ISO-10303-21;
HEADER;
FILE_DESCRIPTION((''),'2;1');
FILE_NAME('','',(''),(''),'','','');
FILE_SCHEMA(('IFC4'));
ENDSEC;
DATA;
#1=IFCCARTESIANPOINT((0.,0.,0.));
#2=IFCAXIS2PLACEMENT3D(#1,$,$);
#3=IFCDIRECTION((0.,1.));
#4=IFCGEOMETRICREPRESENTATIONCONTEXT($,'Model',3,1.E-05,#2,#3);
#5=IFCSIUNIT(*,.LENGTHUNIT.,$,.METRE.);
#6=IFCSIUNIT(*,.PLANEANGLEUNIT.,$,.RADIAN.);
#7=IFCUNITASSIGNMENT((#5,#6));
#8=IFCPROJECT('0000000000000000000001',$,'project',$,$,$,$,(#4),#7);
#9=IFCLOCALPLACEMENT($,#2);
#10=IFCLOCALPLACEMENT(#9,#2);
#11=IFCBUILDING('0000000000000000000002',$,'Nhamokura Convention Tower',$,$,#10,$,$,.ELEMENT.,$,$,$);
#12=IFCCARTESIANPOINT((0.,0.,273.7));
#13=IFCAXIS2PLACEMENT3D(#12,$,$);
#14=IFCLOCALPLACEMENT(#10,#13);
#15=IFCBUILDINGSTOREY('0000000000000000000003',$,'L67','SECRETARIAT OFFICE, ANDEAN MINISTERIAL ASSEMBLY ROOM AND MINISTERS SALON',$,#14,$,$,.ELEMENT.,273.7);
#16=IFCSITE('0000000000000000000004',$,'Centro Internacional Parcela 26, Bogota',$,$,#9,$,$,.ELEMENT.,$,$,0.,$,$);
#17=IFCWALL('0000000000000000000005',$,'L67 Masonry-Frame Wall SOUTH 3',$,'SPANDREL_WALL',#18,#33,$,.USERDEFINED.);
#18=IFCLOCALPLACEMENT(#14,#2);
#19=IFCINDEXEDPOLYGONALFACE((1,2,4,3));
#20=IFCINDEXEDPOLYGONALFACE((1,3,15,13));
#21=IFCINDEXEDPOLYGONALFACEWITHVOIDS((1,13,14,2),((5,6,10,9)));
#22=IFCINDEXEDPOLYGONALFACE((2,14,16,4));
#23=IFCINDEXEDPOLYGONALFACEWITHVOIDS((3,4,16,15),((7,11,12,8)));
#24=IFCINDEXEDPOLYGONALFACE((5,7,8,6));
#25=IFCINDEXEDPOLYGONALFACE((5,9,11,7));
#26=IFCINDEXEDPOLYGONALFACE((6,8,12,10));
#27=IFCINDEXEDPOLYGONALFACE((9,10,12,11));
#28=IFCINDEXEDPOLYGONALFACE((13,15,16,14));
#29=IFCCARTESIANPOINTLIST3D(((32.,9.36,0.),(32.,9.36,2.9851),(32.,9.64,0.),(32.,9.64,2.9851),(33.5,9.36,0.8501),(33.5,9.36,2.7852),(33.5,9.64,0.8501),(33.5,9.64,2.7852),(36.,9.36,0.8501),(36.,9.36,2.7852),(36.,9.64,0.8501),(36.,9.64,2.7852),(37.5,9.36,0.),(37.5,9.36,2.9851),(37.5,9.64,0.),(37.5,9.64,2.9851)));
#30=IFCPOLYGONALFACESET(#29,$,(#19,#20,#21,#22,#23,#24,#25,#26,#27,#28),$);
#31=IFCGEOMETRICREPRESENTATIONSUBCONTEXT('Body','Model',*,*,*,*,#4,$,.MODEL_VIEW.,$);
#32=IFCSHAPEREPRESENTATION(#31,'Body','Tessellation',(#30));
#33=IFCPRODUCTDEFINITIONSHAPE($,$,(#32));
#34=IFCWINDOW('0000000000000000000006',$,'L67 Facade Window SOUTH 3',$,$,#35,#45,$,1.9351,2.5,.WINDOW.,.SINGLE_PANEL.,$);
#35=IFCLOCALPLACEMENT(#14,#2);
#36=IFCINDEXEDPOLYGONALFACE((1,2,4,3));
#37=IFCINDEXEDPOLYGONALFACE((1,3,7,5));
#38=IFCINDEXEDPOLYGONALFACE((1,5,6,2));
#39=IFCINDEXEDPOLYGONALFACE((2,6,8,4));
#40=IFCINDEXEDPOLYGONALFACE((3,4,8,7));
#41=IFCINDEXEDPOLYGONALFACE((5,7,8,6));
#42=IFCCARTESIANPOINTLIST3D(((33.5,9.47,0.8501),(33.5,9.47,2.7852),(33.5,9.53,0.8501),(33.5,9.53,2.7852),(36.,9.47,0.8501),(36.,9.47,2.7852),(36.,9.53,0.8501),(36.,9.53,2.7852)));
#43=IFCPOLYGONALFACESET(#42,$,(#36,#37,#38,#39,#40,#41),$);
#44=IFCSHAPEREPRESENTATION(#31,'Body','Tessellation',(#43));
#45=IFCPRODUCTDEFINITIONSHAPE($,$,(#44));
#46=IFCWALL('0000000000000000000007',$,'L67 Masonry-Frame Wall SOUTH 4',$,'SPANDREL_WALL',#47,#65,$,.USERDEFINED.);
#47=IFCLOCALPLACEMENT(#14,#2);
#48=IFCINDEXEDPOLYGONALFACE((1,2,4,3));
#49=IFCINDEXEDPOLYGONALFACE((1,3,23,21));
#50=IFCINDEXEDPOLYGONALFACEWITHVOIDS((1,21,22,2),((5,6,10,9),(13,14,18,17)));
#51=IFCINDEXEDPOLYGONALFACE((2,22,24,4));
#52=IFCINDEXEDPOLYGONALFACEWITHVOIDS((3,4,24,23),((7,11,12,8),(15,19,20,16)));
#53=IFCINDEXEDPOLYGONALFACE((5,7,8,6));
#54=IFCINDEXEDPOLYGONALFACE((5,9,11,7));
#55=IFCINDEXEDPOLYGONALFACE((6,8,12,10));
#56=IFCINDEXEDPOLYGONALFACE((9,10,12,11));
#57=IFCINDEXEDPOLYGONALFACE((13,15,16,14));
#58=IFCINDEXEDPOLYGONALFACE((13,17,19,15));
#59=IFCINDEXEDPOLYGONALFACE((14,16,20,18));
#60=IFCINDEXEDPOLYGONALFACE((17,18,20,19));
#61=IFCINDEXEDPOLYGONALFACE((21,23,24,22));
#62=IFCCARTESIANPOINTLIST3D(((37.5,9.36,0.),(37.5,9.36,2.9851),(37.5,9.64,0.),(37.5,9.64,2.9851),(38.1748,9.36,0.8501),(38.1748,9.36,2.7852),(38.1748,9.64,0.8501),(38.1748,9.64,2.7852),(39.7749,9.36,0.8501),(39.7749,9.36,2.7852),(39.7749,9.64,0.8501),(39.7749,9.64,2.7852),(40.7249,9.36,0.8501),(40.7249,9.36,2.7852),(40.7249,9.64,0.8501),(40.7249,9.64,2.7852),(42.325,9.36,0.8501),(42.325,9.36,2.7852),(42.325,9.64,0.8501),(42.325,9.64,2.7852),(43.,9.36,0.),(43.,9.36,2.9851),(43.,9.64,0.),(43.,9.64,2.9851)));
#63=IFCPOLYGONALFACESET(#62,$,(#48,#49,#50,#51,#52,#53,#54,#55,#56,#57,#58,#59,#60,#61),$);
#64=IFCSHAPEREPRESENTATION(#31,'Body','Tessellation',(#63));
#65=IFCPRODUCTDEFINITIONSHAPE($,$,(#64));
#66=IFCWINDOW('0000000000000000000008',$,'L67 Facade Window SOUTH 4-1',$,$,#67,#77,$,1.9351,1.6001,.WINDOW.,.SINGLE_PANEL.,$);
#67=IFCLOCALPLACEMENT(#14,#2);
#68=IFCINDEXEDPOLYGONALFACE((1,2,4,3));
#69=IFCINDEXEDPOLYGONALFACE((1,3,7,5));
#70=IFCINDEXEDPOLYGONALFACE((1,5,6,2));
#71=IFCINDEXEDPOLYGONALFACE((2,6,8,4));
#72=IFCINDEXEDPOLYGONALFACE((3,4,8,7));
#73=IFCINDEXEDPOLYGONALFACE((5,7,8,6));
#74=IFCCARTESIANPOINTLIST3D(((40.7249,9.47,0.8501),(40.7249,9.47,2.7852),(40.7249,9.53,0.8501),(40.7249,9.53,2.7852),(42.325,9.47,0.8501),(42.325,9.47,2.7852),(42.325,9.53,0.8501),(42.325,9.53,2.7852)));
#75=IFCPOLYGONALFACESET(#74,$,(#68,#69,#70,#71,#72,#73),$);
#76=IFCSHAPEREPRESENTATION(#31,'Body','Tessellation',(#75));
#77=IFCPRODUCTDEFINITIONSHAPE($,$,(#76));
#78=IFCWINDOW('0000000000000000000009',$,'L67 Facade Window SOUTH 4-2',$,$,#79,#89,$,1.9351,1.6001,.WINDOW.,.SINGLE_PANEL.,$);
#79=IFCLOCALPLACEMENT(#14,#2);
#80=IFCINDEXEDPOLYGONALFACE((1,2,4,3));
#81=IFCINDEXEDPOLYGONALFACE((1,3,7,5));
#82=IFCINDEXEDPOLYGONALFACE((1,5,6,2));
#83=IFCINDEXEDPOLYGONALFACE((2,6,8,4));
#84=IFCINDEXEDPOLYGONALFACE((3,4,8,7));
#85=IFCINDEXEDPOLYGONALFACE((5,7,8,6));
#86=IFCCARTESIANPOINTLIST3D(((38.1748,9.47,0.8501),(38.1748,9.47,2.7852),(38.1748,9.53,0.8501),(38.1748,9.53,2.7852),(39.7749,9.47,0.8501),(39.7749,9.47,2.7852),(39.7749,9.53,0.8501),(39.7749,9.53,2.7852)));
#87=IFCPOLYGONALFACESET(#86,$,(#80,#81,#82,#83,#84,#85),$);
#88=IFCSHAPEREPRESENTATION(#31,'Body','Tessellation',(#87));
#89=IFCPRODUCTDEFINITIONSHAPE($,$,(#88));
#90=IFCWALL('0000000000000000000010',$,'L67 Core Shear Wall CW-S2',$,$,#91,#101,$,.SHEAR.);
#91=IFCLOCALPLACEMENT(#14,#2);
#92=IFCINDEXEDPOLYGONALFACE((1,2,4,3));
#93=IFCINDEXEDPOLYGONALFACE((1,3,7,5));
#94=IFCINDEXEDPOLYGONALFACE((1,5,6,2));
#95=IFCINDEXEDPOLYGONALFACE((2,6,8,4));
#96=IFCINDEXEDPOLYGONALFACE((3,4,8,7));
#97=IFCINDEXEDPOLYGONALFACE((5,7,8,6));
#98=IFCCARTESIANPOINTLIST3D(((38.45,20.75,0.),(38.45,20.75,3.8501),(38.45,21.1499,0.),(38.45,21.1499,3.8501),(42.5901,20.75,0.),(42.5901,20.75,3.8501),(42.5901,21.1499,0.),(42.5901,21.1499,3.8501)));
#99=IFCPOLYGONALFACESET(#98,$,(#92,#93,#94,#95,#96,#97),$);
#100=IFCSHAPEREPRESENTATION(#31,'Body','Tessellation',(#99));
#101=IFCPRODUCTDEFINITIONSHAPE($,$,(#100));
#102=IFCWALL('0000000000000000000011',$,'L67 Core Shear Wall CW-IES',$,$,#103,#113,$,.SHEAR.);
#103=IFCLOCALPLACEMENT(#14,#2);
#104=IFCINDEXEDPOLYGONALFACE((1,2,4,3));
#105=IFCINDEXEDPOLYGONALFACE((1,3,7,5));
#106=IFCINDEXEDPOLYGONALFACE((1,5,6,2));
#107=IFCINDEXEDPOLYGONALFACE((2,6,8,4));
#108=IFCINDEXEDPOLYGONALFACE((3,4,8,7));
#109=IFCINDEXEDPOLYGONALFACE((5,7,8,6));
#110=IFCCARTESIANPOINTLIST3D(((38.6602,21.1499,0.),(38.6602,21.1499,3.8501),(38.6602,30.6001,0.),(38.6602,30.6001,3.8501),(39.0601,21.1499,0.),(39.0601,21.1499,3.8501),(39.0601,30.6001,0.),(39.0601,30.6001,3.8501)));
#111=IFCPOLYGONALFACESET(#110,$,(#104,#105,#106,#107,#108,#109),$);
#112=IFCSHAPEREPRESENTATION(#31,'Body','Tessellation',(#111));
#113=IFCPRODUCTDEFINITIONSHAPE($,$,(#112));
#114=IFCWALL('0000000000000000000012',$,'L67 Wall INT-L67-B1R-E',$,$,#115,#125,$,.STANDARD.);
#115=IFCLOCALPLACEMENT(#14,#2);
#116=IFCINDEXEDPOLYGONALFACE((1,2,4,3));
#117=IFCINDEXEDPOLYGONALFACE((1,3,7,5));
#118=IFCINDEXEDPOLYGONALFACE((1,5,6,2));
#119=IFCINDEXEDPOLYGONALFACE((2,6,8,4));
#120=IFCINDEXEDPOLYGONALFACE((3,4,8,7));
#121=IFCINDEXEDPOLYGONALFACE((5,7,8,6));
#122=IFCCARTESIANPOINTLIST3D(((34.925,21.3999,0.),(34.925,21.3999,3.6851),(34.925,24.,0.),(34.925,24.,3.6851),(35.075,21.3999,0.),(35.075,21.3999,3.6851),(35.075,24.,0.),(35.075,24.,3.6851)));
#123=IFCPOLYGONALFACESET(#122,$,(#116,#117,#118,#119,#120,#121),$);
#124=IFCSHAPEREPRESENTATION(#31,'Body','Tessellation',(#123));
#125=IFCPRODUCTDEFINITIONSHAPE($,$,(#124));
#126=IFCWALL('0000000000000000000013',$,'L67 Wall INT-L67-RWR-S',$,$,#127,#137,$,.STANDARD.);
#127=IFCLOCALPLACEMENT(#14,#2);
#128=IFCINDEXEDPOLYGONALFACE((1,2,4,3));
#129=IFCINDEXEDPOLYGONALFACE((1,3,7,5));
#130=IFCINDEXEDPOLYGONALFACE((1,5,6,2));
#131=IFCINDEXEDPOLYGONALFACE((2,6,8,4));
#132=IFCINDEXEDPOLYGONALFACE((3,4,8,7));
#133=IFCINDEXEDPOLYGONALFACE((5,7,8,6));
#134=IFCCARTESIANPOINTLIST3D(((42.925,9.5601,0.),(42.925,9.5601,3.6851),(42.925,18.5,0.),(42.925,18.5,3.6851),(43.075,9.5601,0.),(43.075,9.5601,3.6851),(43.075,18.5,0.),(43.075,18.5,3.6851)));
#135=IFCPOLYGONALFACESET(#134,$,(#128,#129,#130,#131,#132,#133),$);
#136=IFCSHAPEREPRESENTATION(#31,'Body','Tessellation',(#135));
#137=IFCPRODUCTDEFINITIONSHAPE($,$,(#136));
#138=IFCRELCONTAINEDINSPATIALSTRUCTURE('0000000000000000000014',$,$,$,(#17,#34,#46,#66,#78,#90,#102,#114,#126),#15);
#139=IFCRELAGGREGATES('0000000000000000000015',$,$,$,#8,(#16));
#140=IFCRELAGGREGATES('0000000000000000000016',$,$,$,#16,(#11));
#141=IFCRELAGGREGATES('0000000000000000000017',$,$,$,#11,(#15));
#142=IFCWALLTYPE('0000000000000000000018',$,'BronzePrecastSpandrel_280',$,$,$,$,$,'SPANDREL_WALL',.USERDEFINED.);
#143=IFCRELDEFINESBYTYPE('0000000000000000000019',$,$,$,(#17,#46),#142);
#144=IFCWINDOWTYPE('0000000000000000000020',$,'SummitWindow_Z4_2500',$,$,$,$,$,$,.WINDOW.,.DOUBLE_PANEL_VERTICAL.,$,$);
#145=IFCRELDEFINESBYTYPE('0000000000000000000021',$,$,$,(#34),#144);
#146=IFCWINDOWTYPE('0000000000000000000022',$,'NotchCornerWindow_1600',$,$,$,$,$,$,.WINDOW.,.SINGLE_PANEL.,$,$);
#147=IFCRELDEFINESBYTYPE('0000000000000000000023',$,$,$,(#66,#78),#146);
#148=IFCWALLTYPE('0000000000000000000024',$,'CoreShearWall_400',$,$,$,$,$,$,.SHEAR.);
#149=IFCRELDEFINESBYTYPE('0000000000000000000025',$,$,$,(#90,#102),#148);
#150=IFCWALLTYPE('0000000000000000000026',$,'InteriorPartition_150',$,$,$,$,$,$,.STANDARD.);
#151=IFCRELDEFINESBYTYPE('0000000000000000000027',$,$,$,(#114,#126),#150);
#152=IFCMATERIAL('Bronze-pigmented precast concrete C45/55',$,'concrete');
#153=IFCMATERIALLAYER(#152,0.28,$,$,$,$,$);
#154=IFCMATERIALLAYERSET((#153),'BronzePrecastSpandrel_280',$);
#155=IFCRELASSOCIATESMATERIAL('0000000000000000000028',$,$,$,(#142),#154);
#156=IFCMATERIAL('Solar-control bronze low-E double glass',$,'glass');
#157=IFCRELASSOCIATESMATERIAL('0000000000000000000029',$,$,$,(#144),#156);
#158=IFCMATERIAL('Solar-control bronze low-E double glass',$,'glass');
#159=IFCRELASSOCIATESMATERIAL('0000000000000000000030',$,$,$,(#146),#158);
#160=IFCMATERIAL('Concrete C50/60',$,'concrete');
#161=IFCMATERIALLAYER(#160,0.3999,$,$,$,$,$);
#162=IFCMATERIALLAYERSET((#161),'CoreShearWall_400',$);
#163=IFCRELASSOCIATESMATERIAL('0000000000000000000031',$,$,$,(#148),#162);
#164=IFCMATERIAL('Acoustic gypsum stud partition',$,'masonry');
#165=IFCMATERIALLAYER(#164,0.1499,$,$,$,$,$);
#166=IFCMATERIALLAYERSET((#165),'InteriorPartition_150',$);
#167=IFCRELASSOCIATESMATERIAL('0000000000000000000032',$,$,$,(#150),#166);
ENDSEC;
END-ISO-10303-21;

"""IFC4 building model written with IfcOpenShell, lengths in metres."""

from ifc_helpers import new_model, si_unit, direction, frame, frame_2d, origin, place, context, subcontext, project, spatial, rectangle, extrude, material, layer, layer_set, type_object, element, fill, save


model = new_model("IFC4")

# Units and contexts
model_context = context("Model", 3, precision=1e-05, world=origin(), true_north=direction((0.0, 1.0)))
body_context = subcontext(model_context, "Body", "Model", "MODEL_VIEW")
ifc_project = project(units=[si_unit("LENGTHUNIT", "METRE"), si_unit("PLANEANGLEUNIT", "RADIAN")], contexts=[model_context])

# Site, building, storey
site_placement = place(None, origin())
site = spatial("IfcSite", under=ifc_project, at=site_placement, Name="Centro Internacional Parcela 26, Bogota", CompositionType="ELEMENT", RefElevation=0.0)
building_placement = place(site_placement, origin())
building = spatial("IfcBuilding", under=site, at=building_placement, Name="Nhamokura Convention Tower", CompositionType="ELEMENT")
storey_placement = place(building_placement, frame((0.0, 0.0, 273.7)))
storey = spatial("IfcBuildingStorey", under=building, at=storey_placement, Name="L67", Description="SECRETARIAT OFFICE, ANDEAN MINISTERIAL ASSEMBLY ROOM AND MINISTERS SALON", CompositionType="ELEMENT", Elevation=273.7)

# Wall, opening, window
ifc_material_1 = material(Name="Bronze-pigmented precast concrete C45/55", Category="concrete")
ifc_layer_1 = layer(ifc_material_1, 0.28)
ifc_layer_set_1 = layer_set([ifc_layer_1], Name="BronzePrecastSpandrel_280")
wall_type_1 = type_object("IfcWallType", Name="BronzePrecastSpandrel_280", ElementType="SPANDREL_WALL", PredefinedType="USERDEFINED", material=ifc_layer_set_1)
wall_1_placement = place(storey_placement, frame((37.5, 9.5, 0.0), z_axis=(0.0, 0.0, 1.0), x_axis=(-1.0, 0.0, 0.0)))
wall_1 = element("IfcWall", 1, at=wall_1_placement, inside=storey, type_object=wall_type_1, Name="L67 Masonry-Frame Wall SOUTH 3", ObjectType="SPANDREL_WALL", PredefinedType="USERDEFINED", context=body_context, shape_type="SweptSolid", body=[
    extrude(rectangle(XDim=5.5, YDim=0.28, at=frame_2d((2.75, 0.0))), origin(), (0.0, 0.0, 1.0), 2.9851),
])
opening_1_placement = place(wall_1_placement, frame((1.5, 0.0, 0.8501)))
opening_1 = element("IfcOpeningElement", 2, at=opening_1_placement, cuts=wall_1, PredefinedType="OPENING", context=body_context, shape_type="SweptSolid", body=[
    extrude(rectangle(XDim=2.5, YDim=1.9351, at=frame_2d((1.25, 0.9675))), frame((0.0, 0.1499, 0.0), z_axis=(0.0, -1.0, 0.0), x_axis=(1.0, 0.0, 0.0)), (0.0, 0.0, 1.0), 0.3),
])
ifc_material_2 = material(Name="Solar-control bronze low-E double glass", Category="glass")
window_type_1 = type_object("IfcWindowType", Name="SummitWindow_Z4_2500", PartitioningType="DOUBLE_PANEL_VERTICAL", PredefinedType="WINDOW", material=ifc_material_2)
window_1_placement = place(opening_1_placement, origin())
window_1 = element("IfcWindow", 3, at=window_1_placement, inside=storey, type_object=window_type_1, Name="L67 Facade Window SOUTH 3", OverallHeight=1.9351, OverallWidth=2.5, PartitioningType="SINGLE_PANEL", PredefinedType="WINDOW", context=body_context, shape_type="SweptSolid", body=[
    extrude(rectangle(XDim=2.5, YDim=1.9351, at=frame_2d((1.25, 0.9675))), frame((0.0, 0.03, 0.0), z_axis=(0.0, -1.0, 0.0), x_axis=(1.0, 0.0, 0.0)), (0.0, 0.0, 1.0), 0.0601),
])
fill(opening_1, window_1)

# Wall, openings, windows
wall_2_placement = place(storey_placement, frame((43.0, 9.5, 0.0), z_axis=(0.0, 0.0, 1.0), x_axis=(-1.0, 0.0, 0.0)))
wall_2 = element("IfcWall", 4, at=wall_2_placement, inside=storey, type_object=wall_type_1, Name="L67 Masonry-Frame Wall SOUTH 4", ObjectType="SPANDREL_WALL", PredefinedType="USERDEFINED", context=body_context, shape_type="SweptSolid", body=[
    extrude(rectangle(XDim=5.5, YDim=0.28, at=frame_2d((2.75, 0.0))), origin(), (0.0, 0.0, 1.0), 2.9851),
])
opening_2_placement = place(wall_2_placement, frame((0.675, 0.0, 0.8501)))
opening_2 = element("IfcOpeningElement", 5, at=opening_2_placement, cuts=wall_2, PredefinedType="OPENING", context=body_context, shape_type="SweptSolid", body=[
    extrude(rectangle(XDim=1.6001, YDim=1.9351, at=frame_2d((0.8, 0.9675))), frame((0.0, 0.1499, 0.0), z_axis=(0.0, -1.0, 0.0), x_axis=(1.0, 0.0, 0.0)), (0.0, 0.0, 1.0), 0.3),
])
opening_3_placement = place(wall_2_placement, frame((3.2251, 0.0, 0.8501)))
opening_3 = element("IfcOpeningElement", 6, at=opening_3_placement, cuts=wall_2, PredefinedType="OPENING", context=body_context, shape_type="SweptSolid", body=[
    extrude(rectangle(XDim=1.6001, YDim=1.9351, at=frame_2d((0.8, 0.9675))), frame((0.0, 0.1499, 0.0), z_axis=(0.0, -1.0, 0.0), x_axis=(1.0, 0.0, 0.0)), (0.0, 0.0, 1.0), 0.3),
])
ifc_material_3 = material(Name="Solar-control bronze low-E double glass", Category="glass")
window_type_2 = type_object("IfcWindowType", Name="NotchCornerWindow_1600", PartitioningType="SINGLE_PANEL", PredefinedType="WINDOW", material=ifc_material_3)
window_2_placement = place(opening_2_placement, origin())
window_2 = element("IfcWindow", 7, at=window_2_placement, inside=storey, type_object=window_type_2, Name="L67 Facade Window SOUTH 4-1", OverallHeight=1.9351, OverallWidth=1.6001, PartitioningType="SINGLE_PANEL", PredefinedType="WINDOW", context=body_context, shape_type="SweptSolid", body=[
    extrude(rectangle(XDim=1.6001, YDim=1.9351, at=frame_2d((0.8, 0.9675))), frame((0.0, 0.03, 0.0), z_axis=(0.0, -1.0, 0.0), x_axis=(1.0, 0.0, 0.0)), (0.0, 0.0, 1.0), 0.0601),
])
fill(opening_2, window_2)
window_3_placement = place(opening_3_placement, origin())
window_3 = element("IfcWindow", 8, at=window_3_placement, inside=storey, type_object=window_type_2, Name="L67 Facade Window SOUTH 4-2", OverallHeight=1.9351, OverallWidth=1.6001, PartitioningType="SINGLE_PANEL", PredefinedType="WINDOW", context=body_context, shape_type="SweptSolid", body=[
    extrude(rectangle(XDim=1.6001, YDim=1.9351, at=frame_2d((0.8, 0.9675))), frame((0.0, 0.03, 0.0), z_axis=(0.0, -1.0, 0.0), x_axis=(1.0, 0.0, 0.0)), (0.0, 0.0, 1.0), 0.0601),
])
fill(opening_3, window_3)

# Shared definitions
ifc_material_4 = material(Name="Concrete C50/60", Category="concrete")
ifc_layer_2 = layer(ifc_material_4, 0.3999)
ifc_layer_set_2 = layer_set([ifc_layer_2], Name="CoreShearWall_400")
wall_type_2 = type_object("IfcWallType", Name="CoreShearWall_400", PredefinedType="SHEAR", material=ifc_layer_set_2)

# Walls
wall_3_placement = place(storey_placement, frame((38.45, 20.95, 0.0), z_axis=(0.0, 0.0, 1.0), x_axis=(1.0, 0.0, 0.0)))
element("IfcWall", 9, at=wall_3_placement, inside=storey, type_object=wall_type_2, Name="L67 Core Shear Wall CW-S2", PredefinedType="SHEAR", context=body_context, shape_type="SweptSolid", body=[
    extrude(rectangle(XDim=4.1401, YDim=0.3999, at=frame_2d((2.0701, 0.0))), origin(), (0.0, 0.0, 1.0), 3.8501),
])
wall_4_placement = place(storey_placement, frame((38.8601, 21.1499, 0.0), z_axis=(0.0, 0.0, 1.0), x_axis=(0.0, 1.0, 0.0)))
element("IfcWall", 10, at=wall_4_placement, inside=storey, type_object=wall_type_2, Name="L67 Core Shear Wall CW-IES", PredefinedType="SHEAR", context=body_context, shape_type="SweptSolid", body=[
    extrude(rectangle(XDim=9.4502, YDim=0.3999, at=frame_2d((4.7251, 0.0))), origin(), (0.0, 0.0, 1.0), 3.8501),
])

# Walls
ifc_material_5 = material(Name="Acoustic gypsum stud partition", Category="masonry")
ifc_layer_3 = layer(ifc_material_5, 0.1499)
ifc_layer_set_3 = layer_set([ifc_layer_3], Name="InteriorPartition_150")
wall_type_3 = type_object("IfcWallType", Name="InteriorPartition_150", PredefinedType="STANDARD", material=ifc_layer_set_3)
wall_5_placement = place(storey_placement, frame((35.0, 21.3999, 0.0), z_axis=(0.0, 0.0, 1.0), x_axis=(0.0, 1.0, 0.0)))
element("IfcWall", 11, at=wall_5_placement, inside=storey, type_object=wall_type_3, Name="L67 Wall INT-L67-B1R-E", PredefinedType="STANDARD", context=body_context, shape_type="SweptSolid", body=[
    extrude(rectangle(XDim=2.6001, YDim=0.1499, at=frame_2d((1.3, 0.0))), origin(), (0.0, 0.0, 1.0), 3.6851),
])
wall_6_placement = place(storey_placement, frame((43.0, 9.5601, 0.0), z_axis=(0.0, 0.0, 1.0), x_axis=(0.0, 1.0, 0.0)))
element("IfcWall", 12, at=wall_6_placement, inside=storey, type_object=wall_type_3, Name="L67 Wall INT-L67-RWR-S", PredefinedType="STANDARD", context=body_context, shape_type="SweptSolid", body=[
    extrude(rectangle(XDim=8.9399, YDim=0.1499, at=frame_2d((4.47, 0.0))), origin(), (0.0, 0.0, 1.0), 3.6851),
])

save(model, "model.ifc")
